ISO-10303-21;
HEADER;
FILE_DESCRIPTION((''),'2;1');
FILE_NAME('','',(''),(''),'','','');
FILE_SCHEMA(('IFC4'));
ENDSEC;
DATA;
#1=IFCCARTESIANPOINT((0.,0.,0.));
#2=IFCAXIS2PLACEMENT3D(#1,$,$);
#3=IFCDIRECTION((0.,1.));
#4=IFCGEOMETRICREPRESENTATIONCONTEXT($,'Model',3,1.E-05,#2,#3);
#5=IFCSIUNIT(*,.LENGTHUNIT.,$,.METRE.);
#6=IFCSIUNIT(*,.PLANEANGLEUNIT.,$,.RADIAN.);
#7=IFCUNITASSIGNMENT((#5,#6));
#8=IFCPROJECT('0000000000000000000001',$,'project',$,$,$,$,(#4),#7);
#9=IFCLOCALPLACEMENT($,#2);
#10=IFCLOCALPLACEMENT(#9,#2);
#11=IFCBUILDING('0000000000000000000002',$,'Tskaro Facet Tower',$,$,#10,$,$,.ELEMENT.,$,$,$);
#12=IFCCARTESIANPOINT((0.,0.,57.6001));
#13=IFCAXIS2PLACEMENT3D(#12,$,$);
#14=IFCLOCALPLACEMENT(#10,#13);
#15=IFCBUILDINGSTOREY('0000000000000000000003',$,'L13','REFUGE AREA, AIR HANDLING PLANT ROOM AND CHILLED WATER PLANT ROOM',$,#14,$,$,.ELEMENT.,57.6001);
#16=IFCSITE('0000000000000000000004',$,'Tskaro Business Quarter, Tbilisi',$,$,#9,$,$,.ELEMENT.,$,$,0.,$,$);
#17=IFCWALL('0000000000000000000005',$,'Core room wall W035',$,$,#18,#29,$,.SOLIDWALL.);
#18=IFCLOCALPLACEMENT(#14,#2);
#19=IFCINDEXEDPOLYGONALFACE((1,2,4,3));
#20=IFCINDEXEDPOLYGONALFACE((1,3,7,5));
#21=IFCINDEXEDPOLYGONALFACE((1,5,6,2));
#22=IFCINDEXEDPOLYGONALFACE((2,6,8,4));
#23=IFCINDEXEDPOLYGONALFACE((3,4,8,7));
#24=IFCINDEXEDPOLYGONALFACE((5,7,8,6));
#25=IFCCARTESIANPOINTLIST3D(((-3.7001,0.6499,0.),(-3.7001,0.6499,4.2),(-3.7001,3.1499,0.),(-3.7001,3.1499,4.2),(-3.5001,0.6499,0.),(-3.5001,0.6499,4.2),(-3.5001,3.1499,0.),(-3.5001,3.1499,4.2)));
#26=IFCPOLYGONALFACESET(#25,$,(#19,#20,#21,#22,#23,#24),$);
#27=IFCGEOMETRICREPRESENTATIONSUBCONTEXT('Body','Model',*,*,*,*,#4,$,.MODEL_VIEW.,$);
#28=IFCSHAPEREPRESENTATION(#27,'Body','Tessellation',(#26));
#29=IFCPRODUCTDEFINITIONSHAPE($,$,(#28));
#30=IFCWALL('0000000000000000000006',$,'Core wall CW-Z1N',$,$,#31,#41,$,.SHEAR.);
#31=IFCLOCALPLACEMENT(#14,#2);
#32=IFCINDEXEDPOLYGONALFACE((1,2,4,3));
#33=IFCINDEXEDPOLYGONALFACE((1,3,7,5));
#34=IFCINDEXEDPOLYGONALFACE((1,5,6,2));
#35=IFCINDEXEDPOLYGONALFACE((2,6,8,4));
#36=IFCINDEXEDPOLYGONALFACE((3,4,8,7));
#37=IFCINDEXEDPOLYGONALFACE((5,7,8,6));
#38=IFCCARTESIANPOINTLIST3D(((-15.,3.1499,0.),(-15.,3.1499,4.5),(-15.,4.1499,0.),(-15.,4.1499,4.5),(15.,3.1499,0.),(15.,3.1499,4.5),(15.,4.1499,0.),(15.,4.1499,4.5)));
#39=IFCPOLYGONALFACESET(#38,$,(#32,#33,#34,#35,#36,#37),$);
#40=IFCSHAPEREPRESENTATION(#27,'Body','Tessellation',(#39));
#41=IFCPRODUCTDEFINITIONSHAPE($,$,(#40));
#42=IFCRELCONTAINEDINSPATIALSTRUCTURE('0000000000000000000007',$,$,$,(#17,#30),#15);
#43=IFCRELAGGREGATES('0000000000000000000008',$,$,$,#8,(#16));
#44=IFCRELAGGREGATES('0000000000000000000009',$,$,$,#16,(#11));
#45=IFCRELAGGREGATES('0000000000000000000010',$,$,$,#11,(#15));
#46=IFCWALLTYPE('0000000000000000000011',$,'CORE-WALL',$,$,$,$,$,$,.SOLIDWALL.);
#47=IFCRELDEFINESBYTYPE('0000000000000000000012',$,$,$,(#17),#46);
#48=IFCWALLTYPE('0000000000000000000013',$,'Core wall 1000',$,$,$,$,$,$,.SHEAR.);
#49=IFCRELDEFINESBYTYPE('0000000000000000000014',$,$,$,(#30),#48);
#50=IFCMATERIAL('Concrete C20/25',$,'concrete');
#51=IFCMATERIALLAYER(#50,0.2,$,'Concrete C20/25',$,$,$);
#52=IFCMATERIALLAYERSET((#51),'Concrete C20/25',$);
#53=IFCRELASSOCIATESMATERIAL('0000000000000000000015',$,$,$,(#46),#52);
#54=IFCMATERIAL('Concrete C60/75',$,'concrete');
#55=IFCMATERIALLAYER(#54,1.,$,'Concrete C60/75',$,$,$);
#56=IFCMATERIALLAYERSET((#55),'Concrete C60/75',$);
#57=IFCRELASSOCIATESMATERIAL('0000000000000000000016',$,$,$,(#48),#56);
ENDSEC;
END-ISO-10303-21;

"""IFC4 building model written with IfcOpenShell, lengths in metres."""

from ifc_helpers import new_model, si_unit, direction, frame, frame_2d, origin, place, context, subcontext, project, spatial, rectangle, extrude, material, layer, layer_set, type_object, element, save


model = new_model("IFC4")

# Units and contexts
model_context = context("Model", 3, precision=1e-05, world=origin(), true_north=direction((0.0, 1.0)))
body_context = subcontext(model_context, "Body", "Model", "MODEL_VIEW")
ifc_project = project(units=[si_unit("LENGTHUNIT", "METRE"), si_unit("PLANEANGLEUNIT", "RADIAN")], contexts=[model_context])

# Site, building, storey
site_placement = place(None, origin())
site = spatial("IfcSite", under=ifc_project, at=site_placement, Name="Tskaro Business Quarter, Tbilisi", CompositionType="ELEMENT", RefElevation=0.0)
building_placement = place(site_placement, origin())
building = spatial("IfcBuilding", under=site, at=building_placement, Name="Tskaro Facet Tower", CompositionType="ELEMENT")
storey_placement = place(building_placement, frame((0.0, 0.0, 57.6001)))
storey = spatial("IfcBuildingStorey", under=building, at=storey_placement, Name="L13", Description="REFUGE AREA, AIR HANDLING PLANT ROOM AND CHILLED WATER PLANT ROOM", CompositionType="ELEMENT", Elevation=57.6001)

# Walls
ifc_material_1 = material(Name="Concrete C60/75", Category="concrete")
ifc_material_2 = material(Name="Concrete C20/25", Category="concrete")
ifc_layer_1 = layer(ifc_material_2, 0.2, Name="Concrete C20/25")
ifc_layer_set_1 = layer_set([ifc_layer_1], Name="Concrete C20/25")
wall_type_1 = type_object("IfcWallType", Name="CORE-WALL", PredefinedType="SOLIDWALL", material=ifc_layer_set_1)
for number, where, z_axis, x_axis, name in (
    (1, (-3.6001, 0.6499, 0.0), (0.0, 0.0, 1.0), (0.0, 1.0, 0.0), "Core room wall W035"),
):
    element("IfcWall", number, at=place(storey_placement, frame(where, z_axis=z_axis, x_axis=x_axis)), inside=storey, type_object=wall_type_1, Name=name, PredefinedType="SOLIDWALL", context=body_context, shape_type="SweptSolid", body=[
        extrude(rectangle(XDim=2.5, YDim=0.2, at=frame_2d((1.25, 0.0))), origin(), (0.0, 0.0, 1.0), 4.2),
    ])
ifc_layer_2 = layer(ifc_material_1, 1.0, Name="Concrete C60/75")
ifc_layer_set_2 = layer_set([ifc_layer_2], Name="Concrete C60/75")
wall_type_2 = type_object("IfcWallType", Name="Core wall 1000", PredefinedType="SHEAR", material=ifc_layer_set_2)
wall_1_placement = place(storey_placement, frame((-15.0, 3.6499, 0.0), z_axis=(0.0, 0.0, 1.0), x_axis=(1.0, 0.0, 0.0)))
element("IfcWall", 2, at=wall_1_placement, inside=storey, type_object=wall_type_2, Name="Core wall CW-Z1N", PredefinedType="SHEAR", context=body_context, shape_type="SweptSolid", body=[
    extrude(rectangle(XDim=30.0, YDim=1.0, at=frame_2d((15.0, 0.0))), origin(), (0.0, 0.0, 1.0), 4.5),
])

save(model, "model.ifc")
